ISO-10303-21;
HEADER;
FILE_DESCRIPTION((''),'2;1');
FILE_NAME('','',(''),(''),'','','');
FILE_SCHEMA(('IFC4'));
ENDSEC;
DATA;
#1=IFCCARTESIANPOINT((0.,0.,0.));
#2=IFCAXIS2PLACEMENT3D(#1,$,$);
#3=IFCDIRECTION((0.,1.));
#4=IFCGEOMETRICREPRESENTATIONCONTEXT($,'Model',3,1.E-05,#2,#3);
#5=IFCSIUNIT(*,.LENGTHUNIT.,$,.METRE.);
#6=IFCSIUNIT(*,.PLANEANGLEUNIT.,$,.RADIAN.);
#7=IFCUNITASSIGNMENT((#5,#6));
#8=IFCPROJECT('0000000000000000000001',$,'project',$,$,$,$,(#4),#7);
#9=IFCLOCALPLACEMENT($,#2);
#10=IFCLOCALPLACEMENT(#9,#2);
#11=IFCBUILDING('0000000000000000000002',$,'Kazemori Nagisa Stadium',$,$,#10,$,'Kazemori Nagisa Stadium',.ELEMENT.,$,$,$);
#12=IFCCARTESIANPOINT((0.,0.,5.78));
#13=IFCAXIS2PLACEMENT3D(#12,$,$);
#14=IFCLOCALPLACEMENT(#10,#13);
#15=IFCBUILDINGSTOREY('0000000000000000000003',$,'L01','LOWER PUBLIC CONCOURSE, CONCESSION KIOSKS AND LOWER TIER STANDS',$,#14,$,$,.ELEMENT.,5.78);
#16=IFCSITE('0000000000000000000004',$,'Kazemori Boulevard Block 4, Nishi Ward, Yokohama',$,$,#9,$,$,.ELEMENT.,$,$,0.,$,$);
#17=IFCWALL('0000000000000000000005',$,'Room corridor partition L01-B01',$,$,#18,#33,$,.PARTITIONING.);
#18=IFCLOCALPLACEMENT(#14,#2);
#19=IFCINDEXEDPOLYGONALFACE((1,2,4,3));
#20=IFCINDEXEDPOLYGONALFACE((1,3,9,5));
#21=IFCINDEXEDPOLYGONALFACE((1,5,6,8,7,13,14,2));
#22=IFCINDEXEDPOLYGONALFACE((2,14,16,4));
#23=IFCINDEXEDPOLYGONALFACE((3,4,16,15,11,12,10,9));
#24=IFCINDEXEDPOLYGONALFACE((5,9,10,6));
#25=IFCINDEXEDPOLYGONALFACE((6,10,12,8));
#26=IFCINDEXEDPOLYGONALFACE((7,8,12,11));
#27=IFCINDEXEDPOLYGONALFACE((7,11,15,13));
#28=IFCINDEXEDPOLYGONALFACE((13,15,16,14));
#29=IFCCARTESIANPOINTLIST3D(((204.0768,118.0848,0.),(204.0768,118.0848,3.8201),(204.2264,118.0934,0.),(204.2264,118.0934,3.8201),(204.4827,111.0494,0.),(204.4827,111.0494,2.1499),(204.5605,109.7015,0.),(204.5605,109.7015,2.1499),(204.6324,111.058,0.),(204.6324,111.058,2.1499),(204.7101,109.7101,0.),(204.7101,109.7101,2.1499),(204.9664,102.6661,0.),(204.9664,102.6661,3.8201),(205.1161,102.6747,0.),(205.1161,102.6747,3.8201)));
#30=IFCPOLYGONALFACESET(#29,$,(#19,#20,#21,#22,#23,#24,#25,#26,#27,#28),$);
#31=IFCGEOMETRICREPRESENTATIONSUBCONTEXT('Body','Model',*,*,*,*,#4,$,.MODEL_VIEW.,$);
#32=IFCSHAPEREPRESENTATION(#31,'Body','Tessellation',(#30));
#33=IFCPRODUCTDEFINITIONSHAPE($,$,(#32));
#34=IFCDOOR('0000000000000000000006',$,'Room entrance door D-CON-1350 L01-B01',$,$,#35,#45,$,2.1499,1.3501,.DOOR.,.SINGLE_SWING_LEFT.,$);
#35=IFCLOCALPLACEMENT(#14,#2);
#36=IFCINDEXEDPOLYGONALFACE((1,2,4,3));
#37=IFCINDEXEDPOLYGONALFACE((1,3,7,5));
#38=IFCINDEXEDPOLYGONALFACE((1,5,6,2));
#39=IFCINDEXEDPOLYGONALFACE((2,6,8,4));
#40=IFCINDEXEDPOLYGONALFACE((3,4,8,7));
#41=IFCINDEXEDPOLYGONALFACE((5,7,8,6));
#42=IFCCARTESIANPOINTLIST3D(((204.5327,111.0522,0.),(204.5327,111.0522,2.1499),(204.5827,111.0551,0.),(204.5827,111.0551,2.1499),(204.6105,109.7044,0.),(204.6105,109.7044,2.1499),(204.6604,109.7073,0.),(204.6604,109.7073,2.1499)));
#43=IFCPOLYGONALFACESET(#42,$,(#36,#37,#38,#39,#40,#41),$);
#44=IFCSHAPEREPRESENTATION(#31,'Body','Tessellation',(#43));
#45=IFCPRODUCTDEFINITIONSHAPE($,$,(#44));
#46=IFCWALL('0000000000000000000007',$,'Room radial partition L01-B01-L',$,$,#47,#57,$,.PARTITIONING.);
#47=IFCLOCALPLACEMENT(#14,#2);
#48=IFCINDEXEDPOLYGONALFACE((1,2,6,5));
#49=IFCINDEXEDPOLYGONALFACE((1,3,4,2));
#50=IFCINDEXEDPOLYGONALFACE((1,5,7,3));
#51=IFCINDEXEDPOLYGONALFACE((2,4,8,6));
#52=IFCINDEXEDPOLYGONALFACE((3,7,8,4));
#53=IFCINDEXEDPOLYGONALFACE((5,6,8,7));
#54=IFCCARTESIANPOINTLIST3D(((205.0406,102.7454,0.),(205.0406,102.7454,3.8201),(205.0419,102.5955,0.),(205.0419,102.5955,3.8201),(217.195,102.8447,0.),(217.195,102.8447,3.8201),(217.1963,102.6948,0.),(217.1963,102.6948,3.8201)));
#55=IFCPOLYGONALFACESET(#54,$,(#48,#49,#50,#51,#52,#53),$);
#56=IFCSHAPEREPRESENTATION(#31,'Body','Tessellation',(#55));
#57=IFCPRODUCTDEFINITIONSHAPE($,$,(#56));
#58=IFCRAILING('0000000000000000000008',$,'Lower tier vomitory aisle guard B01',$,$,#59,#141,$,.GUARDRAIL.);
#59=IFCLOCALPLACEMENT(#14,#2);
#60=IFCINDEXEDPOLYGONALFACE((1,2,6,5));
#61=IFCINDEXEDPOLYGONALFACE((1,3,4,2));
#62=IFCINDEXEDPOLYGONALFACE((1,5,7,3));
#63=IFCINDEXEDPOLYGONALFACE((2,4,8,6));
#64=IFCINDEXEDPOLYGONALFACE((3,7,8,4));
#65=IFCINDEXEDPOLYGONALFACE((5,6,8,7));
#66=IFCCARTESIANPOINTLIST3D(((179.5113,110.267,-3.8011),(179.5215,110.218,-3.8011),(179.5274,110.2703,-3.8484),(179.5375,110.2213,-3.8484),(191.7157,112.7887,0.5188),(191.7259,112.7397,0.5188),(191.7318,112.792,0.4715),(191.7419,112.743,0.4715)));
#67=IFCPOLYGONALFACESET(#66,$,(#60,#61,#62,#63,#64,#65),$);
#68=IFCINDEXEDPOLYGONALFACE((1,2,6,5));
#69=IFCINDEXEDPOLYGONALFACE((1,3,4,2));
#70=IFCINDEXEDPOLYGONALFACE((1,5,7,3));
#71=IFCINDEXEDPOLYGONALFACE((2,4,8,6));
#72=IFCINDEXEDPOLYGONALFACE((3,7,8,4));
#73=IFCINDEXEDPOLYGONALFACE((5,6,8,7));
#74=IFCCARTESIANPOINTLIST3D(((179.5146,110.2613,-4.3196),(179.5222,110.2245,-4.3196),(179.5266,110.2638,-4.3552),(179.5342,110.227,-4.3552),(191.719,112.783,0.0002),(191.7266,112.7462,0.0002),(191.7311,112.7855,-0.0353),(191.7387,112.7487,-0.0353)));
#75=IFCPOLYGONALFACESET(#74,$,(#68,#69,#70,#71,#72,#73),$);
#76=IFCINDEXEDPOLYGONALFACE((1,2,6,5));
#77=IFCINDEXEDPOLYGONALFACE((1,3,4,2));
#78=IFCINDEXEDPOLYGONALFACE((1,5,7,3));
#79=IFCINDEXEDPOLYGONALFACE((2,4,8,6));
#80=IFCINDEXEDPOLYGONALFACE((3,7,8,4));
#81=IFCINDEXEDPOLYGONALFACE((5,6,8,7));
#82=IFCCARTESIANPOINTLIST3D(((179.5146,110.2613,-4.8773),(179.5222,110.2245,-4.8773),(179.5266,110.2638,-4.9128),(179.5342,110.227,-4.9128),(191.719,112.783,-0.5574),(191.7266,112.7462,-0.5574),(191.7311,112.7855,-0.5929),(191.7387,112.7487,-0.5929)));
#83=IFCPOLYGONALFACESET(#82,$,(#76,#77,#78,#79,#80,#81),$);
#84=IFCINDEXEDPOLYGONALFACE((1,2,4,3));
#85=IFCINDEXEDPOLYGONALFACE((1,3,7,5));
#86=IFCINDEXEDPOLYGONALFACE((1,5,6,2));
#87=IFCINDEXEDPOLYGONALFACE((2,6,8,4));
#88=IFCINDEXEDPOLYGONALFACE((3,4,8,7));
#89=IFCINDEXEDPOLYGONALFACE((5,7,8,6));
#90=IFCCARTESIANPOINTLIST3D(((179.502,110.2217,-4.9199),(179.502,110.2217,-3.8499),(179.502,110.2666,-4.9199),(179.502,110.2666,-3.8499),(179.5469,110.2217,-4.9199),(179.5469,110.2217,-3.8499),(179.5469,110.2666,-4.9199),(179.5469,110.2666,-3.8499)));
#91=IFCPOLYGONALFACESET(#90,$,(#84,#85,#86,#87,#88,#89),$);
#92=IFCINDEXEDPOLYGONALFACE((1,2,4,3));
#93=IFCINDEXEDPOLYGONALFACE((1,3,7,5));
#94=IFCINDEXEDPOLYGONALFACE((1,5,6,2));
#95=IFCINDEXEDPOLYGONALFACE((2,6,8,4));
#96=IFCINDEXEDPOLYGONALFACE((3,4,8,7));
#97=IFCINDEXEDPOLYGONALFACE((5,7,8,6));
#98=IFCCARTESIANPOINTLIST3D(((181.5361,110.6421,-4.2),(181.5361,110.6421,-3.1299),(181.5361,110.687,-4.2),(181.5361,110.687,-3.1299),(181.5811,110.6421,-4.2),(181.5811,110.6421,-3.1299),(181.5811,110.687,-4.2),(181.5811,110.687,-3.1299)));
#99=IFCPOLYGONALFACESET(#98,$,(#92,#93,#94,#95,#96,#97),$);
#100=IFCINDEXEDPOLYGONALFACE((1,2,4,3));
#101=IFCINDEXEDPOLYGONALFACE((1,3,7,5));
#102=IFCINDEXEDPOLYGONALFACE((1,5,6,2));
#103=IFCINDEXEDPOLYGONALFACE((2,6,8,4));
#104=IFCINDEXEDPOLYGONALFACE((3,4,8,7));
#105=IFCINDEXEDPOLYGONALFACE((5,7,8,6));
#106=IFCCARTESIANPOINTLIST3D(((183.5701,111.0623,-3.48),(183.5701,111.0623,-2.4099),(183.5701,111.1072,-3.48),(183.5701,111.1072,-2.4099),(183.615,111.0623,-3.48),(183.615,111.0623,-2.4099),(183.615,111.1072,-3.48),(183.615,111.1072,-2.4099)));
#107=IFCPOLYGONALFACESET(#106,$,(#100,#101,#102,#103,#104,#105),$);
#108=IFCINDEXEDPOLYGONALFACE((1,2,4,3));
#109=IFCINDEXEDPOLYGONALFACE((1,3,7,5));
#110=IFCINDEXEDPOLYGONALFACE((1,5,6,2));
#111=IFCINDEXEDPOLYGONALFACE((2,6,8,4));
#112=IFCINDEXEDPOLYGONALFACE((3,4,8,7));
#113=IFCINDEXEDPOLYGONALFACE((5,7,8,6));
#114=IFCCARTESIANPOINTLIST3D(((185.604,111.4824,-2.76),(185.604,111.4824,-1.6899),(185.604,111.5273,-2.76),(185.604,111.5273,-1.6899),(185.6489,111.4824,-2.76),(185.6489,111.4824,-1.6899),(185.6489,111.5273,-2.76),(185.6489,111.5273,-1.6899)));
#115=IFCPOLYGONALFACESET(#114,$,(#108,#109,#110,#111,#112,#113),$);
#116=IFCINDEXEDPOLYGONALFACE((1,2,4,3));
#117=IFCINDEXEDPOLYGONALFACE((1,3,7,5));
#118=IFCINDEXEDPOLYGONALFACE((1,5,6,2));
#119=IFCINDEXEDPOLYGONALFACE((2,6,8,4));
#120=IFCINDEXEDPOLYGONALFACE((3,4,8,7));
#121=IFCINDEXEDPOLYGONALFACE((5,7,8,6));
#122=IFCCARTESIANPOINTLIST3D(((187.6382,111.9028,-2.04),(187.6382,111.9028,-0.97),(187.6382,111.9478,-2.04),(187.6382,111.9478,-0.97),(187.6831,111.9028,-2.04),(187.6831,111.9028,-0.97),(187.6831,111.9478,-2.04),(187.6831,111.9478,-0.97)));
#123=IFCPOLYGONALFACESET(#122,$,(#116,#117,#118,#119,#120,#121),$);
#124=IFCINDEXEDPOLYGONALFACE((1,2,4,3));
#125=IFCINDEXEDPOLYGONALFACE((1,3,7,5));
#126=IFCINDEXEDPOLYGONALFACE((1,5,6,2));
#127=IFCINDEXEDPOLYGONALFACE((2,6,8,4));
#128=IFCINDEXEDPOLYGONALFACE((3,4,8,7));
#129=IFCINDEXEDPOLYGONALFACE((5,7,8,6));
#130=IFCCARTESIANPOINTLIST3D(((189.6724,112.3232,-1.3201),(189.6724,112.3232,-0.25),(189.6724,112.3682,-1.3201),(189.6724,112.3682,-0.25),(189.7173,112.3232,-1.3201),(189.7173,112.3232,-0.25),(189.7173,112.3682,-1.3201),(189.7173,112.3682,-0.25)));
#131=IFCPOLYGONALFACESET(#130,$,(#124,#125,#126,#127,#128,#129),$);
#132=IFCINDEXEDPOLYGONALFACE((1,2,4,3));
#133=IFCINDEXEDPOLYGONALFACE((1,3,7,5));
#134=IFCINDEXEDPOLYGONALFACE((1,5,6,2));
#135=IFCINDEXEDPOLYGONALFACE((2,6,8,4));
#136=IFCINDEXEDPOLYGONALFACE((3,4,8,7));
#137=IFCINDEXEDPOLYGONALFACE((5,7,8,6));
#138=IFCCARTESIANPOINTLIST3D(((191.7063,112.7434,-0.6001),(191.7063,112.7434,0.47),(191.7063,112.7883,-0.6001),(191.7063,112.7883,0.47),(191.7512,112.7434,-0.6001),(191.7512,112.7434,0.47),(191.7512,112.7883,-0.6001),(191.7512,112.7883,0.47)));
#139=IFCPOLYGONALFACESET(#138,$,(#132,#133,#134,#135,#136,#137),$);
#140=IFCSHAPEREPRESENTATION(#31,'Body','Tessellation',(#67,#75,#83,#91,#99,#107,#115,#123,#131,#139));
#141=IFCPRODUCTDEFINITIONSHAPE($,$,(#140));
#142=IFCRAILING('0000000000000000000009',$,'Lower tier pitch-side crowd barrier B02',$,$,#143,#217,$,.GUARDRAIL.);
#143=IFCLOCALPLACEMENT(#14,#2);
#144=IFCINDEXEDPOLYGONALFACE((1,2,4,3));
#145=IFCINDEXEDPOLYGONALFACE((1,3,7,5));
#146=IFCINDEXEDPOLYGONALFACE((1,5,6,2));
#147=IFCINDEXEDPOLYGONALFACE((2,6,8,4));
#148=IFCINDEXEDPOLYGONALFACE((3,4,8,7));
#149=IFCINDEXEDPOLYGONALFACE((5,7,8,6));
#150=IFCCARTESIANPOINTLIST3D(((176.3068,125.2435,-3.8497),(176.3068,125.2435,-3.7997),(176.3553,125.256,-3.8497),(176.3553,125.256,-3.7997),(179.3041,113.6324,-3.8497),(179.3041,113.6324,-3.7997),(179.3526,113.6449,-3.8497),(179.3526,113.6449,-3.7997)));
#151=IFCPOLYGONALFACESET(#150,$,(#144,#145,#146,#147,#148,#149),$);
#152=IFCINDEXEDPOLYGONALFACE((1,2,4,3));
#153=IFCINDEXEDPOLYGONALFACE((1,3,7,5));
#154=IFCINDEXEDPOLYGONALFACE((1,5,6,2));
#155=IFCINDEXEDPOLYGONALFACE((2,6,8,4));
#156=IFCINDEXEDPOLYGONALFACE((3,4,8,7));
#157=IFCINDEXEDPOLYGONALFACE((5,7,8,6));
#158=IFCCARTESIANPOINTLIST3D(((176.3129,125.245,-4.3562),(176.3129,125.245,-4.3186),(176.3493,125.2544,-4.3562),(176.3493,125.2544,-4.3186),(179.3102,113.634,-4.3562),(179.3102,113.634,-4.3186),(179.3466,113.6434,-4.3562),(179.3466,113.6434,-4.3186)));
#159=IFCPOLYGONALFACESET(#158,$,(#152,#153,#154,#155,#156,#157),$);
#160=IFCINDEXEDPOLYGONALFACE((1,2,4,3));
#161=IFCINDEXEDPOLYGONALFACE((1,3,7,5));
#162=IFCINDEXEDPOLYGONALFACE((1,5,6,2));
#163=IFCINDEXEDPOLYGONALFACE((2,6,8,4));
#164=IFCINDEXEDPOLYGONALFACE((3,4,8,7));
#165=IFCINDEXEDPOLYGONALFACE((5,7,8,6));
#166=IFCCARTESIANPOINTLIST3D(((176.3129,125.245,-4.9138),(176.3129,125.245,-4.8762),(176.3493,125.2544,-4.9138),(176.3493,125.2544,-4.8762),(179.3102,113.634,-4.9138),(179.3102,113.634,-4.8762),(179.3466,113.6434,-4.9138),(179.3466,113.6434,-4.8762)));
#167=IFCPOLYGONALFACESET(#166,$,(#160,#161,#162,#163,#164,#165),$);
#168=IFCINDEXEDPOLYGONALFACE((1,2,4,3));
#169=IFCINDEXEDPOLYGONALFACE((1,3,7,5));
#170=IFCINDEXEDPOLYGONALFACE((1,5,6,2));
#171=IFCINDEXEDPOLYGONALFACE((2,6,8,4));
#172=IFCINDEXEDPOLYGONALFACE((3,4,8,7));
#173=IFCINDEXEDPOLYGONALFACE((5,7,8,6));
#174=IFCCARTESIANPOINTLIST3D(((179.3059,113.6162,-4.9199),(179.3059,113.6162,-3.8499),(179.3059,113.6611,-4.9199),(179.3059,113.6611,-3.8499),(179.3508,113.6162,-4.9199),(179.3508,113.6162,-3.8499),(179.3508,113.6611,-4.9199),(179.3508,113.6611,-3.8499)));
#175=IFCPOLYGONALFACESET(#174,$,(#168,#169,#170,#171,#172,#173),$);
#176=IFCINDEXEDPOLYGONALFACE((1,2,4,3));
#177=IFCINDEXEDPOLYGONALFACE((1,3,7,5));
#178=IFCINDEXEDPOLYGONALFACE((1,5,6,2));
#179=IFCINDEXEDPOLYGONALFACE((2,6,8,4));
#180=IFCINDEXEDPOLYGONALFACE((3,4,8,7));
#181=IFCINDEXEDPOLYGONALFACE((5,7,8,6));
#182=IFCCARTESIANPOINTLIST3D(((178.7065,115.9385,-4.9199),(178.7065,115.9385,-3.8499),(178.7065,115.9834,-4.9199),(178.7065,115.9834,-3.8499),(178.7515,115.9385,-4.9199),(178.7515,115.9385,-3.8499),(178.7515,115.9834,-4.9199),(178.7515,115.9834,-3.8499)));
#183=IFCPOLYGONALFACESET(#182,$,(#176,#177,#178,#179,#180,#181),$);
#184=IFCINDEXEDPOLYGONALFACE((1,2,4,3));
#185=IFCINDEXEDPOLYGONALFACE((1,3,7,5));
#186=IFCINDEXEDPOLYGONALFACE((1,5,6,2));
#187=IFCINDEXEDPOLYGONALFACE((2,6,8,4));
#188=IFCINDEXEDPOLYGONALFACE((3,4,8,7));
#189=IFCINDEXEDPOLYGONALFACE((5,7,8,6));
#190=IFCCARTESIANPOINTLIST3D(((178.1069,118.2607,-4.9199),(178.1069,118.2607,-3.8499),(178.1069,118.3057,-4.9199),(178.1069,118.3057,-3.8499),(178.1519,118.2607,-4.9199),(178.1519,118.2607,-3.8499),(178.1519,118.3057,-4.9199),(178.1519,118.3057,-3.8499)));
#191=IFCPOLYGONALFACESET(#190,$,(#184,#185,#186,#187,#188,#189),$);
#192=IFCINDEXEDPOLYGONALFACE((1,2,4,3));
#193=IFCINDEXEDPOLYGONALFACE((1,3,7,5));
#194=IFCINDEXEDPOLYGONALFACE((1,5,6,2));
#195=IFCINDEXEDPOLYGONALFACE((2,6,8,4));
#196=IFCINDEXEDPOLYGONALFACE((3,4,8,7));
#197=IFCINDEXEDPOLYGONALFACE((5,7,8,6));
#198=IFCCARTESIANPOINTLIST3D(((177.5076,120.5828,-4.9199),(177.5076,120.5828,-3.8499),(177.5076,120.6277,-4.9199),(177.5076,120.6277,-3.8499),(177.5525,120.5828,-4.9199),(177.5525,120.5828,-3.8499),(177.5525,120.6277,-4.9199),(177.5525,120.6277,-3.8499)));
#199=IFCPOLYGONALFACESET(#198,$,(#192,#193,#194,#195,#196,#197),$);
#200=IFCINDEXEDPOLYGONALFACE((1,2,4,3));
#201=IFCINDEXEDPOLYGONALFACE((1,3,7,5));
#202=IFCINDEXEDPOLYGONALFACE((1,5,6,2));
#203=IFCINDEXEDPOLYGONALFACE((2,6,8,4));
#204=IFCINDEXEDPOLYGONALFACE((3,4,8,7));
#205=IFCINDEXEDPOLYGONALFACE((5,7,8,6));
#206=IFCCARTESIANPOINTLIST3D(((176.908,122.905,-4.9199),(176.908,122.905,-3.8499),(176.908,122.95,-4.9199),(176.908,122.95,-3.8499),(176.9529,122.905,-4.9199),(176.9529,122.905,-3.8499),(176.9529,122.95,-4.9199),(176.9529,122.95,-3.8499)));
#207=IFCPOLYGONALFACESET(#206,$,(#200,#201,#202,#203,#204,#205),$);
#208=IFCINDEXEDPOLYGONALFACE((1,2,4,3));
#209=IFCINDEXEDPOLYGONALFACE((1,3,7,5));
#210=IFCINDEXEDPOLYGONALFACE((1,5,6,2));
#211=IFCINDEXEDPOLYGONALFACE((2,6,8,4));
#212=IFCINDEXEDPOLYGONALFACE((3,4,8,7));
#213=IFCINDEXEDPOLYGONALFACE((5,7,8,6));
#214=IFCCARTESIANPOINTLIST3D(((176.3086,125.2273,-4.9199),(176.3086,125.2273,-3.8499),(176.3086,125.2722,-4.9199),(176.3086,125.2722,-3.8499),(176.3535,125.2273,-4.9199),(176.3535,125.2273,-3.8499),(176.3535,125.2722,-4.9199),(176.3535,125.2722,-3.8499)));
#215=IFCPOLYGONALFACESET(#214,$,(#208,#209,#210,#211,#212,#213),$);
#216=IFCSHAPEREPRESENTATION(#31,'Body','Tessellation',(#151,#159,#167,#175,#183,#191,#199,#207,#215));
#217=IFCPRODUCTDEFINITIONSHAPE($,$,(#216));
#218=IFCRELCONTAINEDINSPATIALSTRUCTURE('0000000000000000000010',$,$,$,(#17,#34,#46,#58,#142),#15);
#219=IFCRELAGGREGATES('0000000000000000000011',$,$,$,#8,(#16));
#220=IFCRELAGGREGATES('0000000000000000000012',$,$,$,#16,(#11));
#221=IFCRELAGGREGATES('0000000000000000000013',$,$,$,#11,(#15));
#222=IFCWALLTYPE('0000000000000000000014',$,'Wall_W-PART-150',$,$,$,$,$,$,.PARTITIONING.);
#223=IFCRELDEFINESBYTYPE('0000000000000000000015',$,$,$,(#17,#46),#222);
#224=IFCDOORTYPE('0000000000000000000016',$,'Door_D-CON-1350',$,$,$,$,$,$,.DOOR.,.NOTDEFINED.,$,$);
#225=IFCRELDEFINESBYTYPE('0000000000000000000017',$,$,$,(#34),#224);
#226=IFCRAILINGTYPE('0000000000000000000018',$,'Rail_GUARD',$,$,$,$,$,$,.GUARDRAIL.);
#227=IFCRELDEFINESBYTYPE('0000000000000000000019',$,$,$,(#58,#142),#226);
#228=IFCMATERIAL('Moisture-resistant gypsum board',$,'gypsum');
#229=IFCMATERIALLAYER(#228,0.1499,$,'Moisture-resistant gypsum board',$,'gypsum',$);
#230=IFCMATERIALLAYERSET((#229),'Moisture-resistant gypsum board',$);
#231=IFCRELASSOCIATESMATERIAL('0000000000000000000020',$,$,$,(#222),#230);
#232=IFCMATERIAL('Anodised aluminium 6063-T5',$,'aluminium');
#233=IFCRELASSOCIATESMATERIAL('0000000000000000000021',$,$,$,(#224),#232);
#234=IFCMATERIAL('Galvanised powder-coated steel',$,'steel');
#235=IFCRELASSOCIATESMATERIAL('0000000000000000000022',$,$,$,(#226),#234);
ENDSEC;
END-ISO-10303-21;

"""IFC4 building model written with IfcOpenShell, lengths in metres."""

from ifc_helpers import new_model, si_unit, direction, frame, frame_2d, origin, origin_2d, place, context, subcontext, project, spatial, rectangle, extrude, material, layer, layer_set, type_object, element, fill, save


model = new_model("IFC4")

# Units and contexts
model_context = context("Model", 3, precision=1e-05, world=origin(), true_north=direction((0.0, 1.0)))
body_context = subcontext(model_context, "Body", "Model", "MODEL_VIEW")
ifc_project = project(units=[si_unit("LENGTHUNIT", "METRE"), si_unit("PLANEANGLEUNIT", "RADIAN")], contexts=[model_context])

# Site, building, storey
site_placement = place(None, origin())
site = spatial("IfcSite", under=ifc_project, at=site_placement, Name="Kazemori Boulevard Block 4, Nishi Ward, Yokohama", CompositionType="ELEMENT", RefElevation=0.0)
building_placement = place(site_placement, origin())
building = spatial("IfcBuilding", under=site, at=building_placement, Name="Kazemori Nagisa Stadium", LongName="Kazemori Nagisa Stadium", CompositionType="ELEMENT")
storey_placement = place(building_placement, frame((0.0, 0.0, 5.78)))
storey = spatial("IfcBuildingStorey", under=building, at=storey_placement, Name="L01", Description="LOWER PUBLIC CONCOURSE, CONCESSION KIOSKS AND LOWER TIER STANDS", CompositionType="ELEMENT", Elevation=5.78)

# Wall, opening, door
ifc_material_1 = material(Name="Moisture-resistant gypsum board", Category="gypsum")
ifc_layer = layer(ifc_material_1, 0.1499, Name="Moisture-resistant gypsum board", Category="gypsum")
ifc_layer_set = layer_set([ifc_layer], Name="Moisture-resistant gypsum board")
wall_type = type_object("IfcWallType", Name="Wall_W-PART-150", PredefinedType="PARTITIONING", material=ifc_layer_set)
wall_1_placement = place(storey_placement, frame((205.0413, 102.6704, 0.0), z_axis=(0.0, 0.0, 1.0), x_axis=(-0.057604, 0.99834, 0.0)))
wall_1 = element("IfcWall", 1, at=wall_1_placement, inside=storey, type_object=wall_type, Name="Room corridor partition L01-B01", PredefinedType="PARTITIONING", context=body_context, shape_type="SweptSolid", body=[
    extrude(rectangle(XDim=15.4443, YDim=0.1499, at=frame_2d((7.7222, 0.0))), origin(), (0.0, 0.0, 1.0), 3.8201),
])
opening_placement = place(wall_1_placement, frame((7.0471, 0.0, 0.0)))
opening = element("IfcOpeningElement", 2, at=opening_placement, cuts=wall_1, PredefinedType="OPENING", context=body_context, shape_type="SweptSolid", body=[
    extrude(rectangle(XDim=1.3501, YDim=2.1499, at=frame_2d((0.675, 1.075))), frame((0.0, 0.085, 0.0), z_axis=(0.0, -1.0, 0.0), x_axis=(1.0, 0.0, 0.0)), (0.0, 0.0, 1.0), 0.1699),
])
ifc_material_2 = material(Name="Anodised aluminium 6063-T5", Category="aluminium")
door_type = type_object("IfcDoorType", Name="Door_D-CON-1350", OperationType="NOTDEFINED", PredefinedType="DOOR", material=ifc_material_2)
door_placement = place(opening_placement, origin())
door = element("IfcDoor", 3, at=door_placement, inside=storey, type_object=door_type, Name="Room entrance door D-CON-1350 L01-B01", OperationType="SINGLE_SWING_LEFT", OverallHeight=2.1499, OverallWidth=1.3501, PredefinedType="DOOR", context=body_context, shape_type="SweptSolid", body=[
    extrude(rectangle(XDim=1.3501, YDim=2.1499, at=frame_2d((0.675, 1.075))), frame((0.0, 0.0249, 0.0), z_axis=(0.0, -1.0, 0.0), x_axis=(1.0, 0.0, 0.0)), (0.0, 0.0, 1.0), 0.05),
])
fill(opening, door)

# Wall
wall_2_placement = place(storey_placement, frame((205.0413, 102.6704, 0.0), z_axis=(0.0, 0.0, 1.0), x_axis=(0.999967, 0.008175, 0.0)))
element("IfcWall", 4, at=wall_2_placement, inside=storey, type_object=wall_type, Name="Room radial partition L01-B01-L", PredefinedType="PARTITIONING", context=body_context, shape_type="SweptSolid", body=[
    extrude(rectangle(XDim=12.1548, YDim=0.1499, at=frame_2d((6.0774, 0.0))), origin(), (0.0, 0.0, 1.0), 3.8201),
])

# Railings
ifc_material_3 = material(Name="Galvanised powder-coated steel", Category="steel")
railing_type = type_object("IfcRailingType", Name="Rail_GUARD", PredefinedType="GUARDRAIL", material=ifc_material_3)
railing_1_placement = place(storey_placement, frame((179.5244, 110.2441, -4.9199)))
element("IfcRailing", 5, at=railing_1_placement, inside=storey, type_object=railing_type, Name="Lower tier vomitory aisle guard B01", PredefinedType="GUARDRAIL", context=body_context, shape_type="SweptSolid", body=[
    extrude(rectangle(XDim=0.05, YDim=0.05, at=origin_2d()), frame((0.0, 0.0, 1.0952), z_axis=(0.925299, 0.19119, 0.327517), x_axis=(-0.202351, 0.979313, 0.0)), (0.0, 0.0, 1.0), 13.1897),
    extrude(rectangle(XDim=0.0376, YDim=0.0376, at=origin_2d()), frame((0.0, 0.0, 0.5825), z_axis=(0.925299, 0.19119, 0.327517), x_axis=(-0.202351, 0.979313, 0.0)), (0.0, 0.0, 1.0), 13.1897),
    extrude(rectangle(XDim=0.0376, YDim=0.0376, at=origin_2d()), frame((0.0, 0.0, 0.0249), z_axis=(0.925299, 0.19119, 0.327517), x_axis=(-0.202351, 0.979313, 0.0)), (0.0, 0.0, 1.0), 13.1897),
    extrude(rectangle(XDim=0.0449, YDim=0.0449, at=origin_2d()), origin(), (0.0, 0.0, 1.0), 1.0701),
    extrude(rectangle(XDim=0.0449, YDim=0.0449, at=origin_2d()), frame((2.0342, 0.4204, 0.72)), (0.0, 0.0, 1.0), 1.0701),
    extrude(rectangle(XDim=0.0449, YDim=0.0449, at=origin_2d()), frame((4.0681, 0.8406, 1.4399)), (0.0, 0.0, 1.0), 1.0701),
    extrude(rectangle(XDim=0.0449, YDim=0.0449, at=origin_2d()), frame((6.1021, 1.2607, 2.1599)), (0.0, 0.0, 1.0), 1.0701),
    extrude(rectangle(XDim=0.0449, YDim=0.0449, at=origin_2d()), frame((8.1362, 1.6812, 2.8799)), (0.0, 0.0, 1.0), 1.0701),
    extrude(rectangle(XDim=0.0449, YDim=0.0449, at=origin_2d()), frame((10.1704, 2.1016, 3.5999)), (0.0, 0.0, 1.0), 1.0701),
    extrude(rectangle(XDim=0.0449, YDim=0.0449, at=origin_2d()), frame((12.2043, 2.5217, 4.3198)), (0.0, 0.0, 1.0), 1.0701),
])
railing_2_placement = place(storey_placement, frame((179.3284, 113.6387, -4.9199)))
element("IfcRailing", 6, at=railing_2_placement, inside=storey, type_object=railing_type, Name="Lower tier pitch-side crowd barrier B02", PredefinedType="GUARDRAIL", context=body_context, shape_type="SweptSolid", body=[
    extrude(rectangle(XDim=0.05, YDim=0.05, at=origin_2d()), frame((0.0, 0.0, 1.0952), z_axis=(-0.249949, 0.968259, 0.0), x_axis=(-0.968259, -0.249949, 0.0)), (0.0, 0.0, 1.0), 11.9917),
    extrude(rectangle(XDim=0.0376, YDim=0.0376, at=origin_2d()), frame((0.0, 0.0, 0.5825), z_axis=(-0.249949, 0.968259, 0.0), x_axis=(-0.968259, -0.249949, 0.0)), (0.0, 0.0, 1.0), 11.9917),
    extrude(rectangle(XDim=0.0376, YDim=0.0376, at=origin_2d()), frame((0.0, 0.0, 0.0249), z_axis=(-0.249949, 0.968259, 0.0), x_axis=(-0.968259, -0.249949, 0.0)), (0.0, 0.0, 1.0), 11.9917),
    extrude(rectangle(XDim=0.0449, YDim=0.0449, at=origin_2d()), origin(), (0.0, 0.0, 1.0), 1.0701),
    extrude(rectangle(XDim=0.0449, YDim=0.0449, at=origin_2d()), frame((-0.5994, 2.3223, 0.0)), (0.0, 0.0, 1.0), 1.0701),
    extrude(rectangle(XDim=0.0449, YDim=0.0449, at=origin_2d()), frame((-1.199, 4.6445, 0.0)), (0.0, 0.0, 1.0), 1.0701),
    extrude(rectangle(XDim=0.0449, YDim=0.0449, at=origin_2d()), frame((-1.7983, 6.9666, 0.0)), (0.0, 0.0, 1.0), 1.0701),
    extrude(rectangle(XDim=0.0449, YDim=0.0449, at=origin_2d()), frame((-2.3979, 9.2888, 0.0)), (0.0, 0.0, 1.0), 1.0701),
    extrude(rectangle(XDim=0.0449, YDim=0.0449, at=origin_2d()), frame((-2.9973, 11.6111, 0.0)), (0.0, 0.0, 1.0), 1.0701),
])

save(model, "model.ifc")
